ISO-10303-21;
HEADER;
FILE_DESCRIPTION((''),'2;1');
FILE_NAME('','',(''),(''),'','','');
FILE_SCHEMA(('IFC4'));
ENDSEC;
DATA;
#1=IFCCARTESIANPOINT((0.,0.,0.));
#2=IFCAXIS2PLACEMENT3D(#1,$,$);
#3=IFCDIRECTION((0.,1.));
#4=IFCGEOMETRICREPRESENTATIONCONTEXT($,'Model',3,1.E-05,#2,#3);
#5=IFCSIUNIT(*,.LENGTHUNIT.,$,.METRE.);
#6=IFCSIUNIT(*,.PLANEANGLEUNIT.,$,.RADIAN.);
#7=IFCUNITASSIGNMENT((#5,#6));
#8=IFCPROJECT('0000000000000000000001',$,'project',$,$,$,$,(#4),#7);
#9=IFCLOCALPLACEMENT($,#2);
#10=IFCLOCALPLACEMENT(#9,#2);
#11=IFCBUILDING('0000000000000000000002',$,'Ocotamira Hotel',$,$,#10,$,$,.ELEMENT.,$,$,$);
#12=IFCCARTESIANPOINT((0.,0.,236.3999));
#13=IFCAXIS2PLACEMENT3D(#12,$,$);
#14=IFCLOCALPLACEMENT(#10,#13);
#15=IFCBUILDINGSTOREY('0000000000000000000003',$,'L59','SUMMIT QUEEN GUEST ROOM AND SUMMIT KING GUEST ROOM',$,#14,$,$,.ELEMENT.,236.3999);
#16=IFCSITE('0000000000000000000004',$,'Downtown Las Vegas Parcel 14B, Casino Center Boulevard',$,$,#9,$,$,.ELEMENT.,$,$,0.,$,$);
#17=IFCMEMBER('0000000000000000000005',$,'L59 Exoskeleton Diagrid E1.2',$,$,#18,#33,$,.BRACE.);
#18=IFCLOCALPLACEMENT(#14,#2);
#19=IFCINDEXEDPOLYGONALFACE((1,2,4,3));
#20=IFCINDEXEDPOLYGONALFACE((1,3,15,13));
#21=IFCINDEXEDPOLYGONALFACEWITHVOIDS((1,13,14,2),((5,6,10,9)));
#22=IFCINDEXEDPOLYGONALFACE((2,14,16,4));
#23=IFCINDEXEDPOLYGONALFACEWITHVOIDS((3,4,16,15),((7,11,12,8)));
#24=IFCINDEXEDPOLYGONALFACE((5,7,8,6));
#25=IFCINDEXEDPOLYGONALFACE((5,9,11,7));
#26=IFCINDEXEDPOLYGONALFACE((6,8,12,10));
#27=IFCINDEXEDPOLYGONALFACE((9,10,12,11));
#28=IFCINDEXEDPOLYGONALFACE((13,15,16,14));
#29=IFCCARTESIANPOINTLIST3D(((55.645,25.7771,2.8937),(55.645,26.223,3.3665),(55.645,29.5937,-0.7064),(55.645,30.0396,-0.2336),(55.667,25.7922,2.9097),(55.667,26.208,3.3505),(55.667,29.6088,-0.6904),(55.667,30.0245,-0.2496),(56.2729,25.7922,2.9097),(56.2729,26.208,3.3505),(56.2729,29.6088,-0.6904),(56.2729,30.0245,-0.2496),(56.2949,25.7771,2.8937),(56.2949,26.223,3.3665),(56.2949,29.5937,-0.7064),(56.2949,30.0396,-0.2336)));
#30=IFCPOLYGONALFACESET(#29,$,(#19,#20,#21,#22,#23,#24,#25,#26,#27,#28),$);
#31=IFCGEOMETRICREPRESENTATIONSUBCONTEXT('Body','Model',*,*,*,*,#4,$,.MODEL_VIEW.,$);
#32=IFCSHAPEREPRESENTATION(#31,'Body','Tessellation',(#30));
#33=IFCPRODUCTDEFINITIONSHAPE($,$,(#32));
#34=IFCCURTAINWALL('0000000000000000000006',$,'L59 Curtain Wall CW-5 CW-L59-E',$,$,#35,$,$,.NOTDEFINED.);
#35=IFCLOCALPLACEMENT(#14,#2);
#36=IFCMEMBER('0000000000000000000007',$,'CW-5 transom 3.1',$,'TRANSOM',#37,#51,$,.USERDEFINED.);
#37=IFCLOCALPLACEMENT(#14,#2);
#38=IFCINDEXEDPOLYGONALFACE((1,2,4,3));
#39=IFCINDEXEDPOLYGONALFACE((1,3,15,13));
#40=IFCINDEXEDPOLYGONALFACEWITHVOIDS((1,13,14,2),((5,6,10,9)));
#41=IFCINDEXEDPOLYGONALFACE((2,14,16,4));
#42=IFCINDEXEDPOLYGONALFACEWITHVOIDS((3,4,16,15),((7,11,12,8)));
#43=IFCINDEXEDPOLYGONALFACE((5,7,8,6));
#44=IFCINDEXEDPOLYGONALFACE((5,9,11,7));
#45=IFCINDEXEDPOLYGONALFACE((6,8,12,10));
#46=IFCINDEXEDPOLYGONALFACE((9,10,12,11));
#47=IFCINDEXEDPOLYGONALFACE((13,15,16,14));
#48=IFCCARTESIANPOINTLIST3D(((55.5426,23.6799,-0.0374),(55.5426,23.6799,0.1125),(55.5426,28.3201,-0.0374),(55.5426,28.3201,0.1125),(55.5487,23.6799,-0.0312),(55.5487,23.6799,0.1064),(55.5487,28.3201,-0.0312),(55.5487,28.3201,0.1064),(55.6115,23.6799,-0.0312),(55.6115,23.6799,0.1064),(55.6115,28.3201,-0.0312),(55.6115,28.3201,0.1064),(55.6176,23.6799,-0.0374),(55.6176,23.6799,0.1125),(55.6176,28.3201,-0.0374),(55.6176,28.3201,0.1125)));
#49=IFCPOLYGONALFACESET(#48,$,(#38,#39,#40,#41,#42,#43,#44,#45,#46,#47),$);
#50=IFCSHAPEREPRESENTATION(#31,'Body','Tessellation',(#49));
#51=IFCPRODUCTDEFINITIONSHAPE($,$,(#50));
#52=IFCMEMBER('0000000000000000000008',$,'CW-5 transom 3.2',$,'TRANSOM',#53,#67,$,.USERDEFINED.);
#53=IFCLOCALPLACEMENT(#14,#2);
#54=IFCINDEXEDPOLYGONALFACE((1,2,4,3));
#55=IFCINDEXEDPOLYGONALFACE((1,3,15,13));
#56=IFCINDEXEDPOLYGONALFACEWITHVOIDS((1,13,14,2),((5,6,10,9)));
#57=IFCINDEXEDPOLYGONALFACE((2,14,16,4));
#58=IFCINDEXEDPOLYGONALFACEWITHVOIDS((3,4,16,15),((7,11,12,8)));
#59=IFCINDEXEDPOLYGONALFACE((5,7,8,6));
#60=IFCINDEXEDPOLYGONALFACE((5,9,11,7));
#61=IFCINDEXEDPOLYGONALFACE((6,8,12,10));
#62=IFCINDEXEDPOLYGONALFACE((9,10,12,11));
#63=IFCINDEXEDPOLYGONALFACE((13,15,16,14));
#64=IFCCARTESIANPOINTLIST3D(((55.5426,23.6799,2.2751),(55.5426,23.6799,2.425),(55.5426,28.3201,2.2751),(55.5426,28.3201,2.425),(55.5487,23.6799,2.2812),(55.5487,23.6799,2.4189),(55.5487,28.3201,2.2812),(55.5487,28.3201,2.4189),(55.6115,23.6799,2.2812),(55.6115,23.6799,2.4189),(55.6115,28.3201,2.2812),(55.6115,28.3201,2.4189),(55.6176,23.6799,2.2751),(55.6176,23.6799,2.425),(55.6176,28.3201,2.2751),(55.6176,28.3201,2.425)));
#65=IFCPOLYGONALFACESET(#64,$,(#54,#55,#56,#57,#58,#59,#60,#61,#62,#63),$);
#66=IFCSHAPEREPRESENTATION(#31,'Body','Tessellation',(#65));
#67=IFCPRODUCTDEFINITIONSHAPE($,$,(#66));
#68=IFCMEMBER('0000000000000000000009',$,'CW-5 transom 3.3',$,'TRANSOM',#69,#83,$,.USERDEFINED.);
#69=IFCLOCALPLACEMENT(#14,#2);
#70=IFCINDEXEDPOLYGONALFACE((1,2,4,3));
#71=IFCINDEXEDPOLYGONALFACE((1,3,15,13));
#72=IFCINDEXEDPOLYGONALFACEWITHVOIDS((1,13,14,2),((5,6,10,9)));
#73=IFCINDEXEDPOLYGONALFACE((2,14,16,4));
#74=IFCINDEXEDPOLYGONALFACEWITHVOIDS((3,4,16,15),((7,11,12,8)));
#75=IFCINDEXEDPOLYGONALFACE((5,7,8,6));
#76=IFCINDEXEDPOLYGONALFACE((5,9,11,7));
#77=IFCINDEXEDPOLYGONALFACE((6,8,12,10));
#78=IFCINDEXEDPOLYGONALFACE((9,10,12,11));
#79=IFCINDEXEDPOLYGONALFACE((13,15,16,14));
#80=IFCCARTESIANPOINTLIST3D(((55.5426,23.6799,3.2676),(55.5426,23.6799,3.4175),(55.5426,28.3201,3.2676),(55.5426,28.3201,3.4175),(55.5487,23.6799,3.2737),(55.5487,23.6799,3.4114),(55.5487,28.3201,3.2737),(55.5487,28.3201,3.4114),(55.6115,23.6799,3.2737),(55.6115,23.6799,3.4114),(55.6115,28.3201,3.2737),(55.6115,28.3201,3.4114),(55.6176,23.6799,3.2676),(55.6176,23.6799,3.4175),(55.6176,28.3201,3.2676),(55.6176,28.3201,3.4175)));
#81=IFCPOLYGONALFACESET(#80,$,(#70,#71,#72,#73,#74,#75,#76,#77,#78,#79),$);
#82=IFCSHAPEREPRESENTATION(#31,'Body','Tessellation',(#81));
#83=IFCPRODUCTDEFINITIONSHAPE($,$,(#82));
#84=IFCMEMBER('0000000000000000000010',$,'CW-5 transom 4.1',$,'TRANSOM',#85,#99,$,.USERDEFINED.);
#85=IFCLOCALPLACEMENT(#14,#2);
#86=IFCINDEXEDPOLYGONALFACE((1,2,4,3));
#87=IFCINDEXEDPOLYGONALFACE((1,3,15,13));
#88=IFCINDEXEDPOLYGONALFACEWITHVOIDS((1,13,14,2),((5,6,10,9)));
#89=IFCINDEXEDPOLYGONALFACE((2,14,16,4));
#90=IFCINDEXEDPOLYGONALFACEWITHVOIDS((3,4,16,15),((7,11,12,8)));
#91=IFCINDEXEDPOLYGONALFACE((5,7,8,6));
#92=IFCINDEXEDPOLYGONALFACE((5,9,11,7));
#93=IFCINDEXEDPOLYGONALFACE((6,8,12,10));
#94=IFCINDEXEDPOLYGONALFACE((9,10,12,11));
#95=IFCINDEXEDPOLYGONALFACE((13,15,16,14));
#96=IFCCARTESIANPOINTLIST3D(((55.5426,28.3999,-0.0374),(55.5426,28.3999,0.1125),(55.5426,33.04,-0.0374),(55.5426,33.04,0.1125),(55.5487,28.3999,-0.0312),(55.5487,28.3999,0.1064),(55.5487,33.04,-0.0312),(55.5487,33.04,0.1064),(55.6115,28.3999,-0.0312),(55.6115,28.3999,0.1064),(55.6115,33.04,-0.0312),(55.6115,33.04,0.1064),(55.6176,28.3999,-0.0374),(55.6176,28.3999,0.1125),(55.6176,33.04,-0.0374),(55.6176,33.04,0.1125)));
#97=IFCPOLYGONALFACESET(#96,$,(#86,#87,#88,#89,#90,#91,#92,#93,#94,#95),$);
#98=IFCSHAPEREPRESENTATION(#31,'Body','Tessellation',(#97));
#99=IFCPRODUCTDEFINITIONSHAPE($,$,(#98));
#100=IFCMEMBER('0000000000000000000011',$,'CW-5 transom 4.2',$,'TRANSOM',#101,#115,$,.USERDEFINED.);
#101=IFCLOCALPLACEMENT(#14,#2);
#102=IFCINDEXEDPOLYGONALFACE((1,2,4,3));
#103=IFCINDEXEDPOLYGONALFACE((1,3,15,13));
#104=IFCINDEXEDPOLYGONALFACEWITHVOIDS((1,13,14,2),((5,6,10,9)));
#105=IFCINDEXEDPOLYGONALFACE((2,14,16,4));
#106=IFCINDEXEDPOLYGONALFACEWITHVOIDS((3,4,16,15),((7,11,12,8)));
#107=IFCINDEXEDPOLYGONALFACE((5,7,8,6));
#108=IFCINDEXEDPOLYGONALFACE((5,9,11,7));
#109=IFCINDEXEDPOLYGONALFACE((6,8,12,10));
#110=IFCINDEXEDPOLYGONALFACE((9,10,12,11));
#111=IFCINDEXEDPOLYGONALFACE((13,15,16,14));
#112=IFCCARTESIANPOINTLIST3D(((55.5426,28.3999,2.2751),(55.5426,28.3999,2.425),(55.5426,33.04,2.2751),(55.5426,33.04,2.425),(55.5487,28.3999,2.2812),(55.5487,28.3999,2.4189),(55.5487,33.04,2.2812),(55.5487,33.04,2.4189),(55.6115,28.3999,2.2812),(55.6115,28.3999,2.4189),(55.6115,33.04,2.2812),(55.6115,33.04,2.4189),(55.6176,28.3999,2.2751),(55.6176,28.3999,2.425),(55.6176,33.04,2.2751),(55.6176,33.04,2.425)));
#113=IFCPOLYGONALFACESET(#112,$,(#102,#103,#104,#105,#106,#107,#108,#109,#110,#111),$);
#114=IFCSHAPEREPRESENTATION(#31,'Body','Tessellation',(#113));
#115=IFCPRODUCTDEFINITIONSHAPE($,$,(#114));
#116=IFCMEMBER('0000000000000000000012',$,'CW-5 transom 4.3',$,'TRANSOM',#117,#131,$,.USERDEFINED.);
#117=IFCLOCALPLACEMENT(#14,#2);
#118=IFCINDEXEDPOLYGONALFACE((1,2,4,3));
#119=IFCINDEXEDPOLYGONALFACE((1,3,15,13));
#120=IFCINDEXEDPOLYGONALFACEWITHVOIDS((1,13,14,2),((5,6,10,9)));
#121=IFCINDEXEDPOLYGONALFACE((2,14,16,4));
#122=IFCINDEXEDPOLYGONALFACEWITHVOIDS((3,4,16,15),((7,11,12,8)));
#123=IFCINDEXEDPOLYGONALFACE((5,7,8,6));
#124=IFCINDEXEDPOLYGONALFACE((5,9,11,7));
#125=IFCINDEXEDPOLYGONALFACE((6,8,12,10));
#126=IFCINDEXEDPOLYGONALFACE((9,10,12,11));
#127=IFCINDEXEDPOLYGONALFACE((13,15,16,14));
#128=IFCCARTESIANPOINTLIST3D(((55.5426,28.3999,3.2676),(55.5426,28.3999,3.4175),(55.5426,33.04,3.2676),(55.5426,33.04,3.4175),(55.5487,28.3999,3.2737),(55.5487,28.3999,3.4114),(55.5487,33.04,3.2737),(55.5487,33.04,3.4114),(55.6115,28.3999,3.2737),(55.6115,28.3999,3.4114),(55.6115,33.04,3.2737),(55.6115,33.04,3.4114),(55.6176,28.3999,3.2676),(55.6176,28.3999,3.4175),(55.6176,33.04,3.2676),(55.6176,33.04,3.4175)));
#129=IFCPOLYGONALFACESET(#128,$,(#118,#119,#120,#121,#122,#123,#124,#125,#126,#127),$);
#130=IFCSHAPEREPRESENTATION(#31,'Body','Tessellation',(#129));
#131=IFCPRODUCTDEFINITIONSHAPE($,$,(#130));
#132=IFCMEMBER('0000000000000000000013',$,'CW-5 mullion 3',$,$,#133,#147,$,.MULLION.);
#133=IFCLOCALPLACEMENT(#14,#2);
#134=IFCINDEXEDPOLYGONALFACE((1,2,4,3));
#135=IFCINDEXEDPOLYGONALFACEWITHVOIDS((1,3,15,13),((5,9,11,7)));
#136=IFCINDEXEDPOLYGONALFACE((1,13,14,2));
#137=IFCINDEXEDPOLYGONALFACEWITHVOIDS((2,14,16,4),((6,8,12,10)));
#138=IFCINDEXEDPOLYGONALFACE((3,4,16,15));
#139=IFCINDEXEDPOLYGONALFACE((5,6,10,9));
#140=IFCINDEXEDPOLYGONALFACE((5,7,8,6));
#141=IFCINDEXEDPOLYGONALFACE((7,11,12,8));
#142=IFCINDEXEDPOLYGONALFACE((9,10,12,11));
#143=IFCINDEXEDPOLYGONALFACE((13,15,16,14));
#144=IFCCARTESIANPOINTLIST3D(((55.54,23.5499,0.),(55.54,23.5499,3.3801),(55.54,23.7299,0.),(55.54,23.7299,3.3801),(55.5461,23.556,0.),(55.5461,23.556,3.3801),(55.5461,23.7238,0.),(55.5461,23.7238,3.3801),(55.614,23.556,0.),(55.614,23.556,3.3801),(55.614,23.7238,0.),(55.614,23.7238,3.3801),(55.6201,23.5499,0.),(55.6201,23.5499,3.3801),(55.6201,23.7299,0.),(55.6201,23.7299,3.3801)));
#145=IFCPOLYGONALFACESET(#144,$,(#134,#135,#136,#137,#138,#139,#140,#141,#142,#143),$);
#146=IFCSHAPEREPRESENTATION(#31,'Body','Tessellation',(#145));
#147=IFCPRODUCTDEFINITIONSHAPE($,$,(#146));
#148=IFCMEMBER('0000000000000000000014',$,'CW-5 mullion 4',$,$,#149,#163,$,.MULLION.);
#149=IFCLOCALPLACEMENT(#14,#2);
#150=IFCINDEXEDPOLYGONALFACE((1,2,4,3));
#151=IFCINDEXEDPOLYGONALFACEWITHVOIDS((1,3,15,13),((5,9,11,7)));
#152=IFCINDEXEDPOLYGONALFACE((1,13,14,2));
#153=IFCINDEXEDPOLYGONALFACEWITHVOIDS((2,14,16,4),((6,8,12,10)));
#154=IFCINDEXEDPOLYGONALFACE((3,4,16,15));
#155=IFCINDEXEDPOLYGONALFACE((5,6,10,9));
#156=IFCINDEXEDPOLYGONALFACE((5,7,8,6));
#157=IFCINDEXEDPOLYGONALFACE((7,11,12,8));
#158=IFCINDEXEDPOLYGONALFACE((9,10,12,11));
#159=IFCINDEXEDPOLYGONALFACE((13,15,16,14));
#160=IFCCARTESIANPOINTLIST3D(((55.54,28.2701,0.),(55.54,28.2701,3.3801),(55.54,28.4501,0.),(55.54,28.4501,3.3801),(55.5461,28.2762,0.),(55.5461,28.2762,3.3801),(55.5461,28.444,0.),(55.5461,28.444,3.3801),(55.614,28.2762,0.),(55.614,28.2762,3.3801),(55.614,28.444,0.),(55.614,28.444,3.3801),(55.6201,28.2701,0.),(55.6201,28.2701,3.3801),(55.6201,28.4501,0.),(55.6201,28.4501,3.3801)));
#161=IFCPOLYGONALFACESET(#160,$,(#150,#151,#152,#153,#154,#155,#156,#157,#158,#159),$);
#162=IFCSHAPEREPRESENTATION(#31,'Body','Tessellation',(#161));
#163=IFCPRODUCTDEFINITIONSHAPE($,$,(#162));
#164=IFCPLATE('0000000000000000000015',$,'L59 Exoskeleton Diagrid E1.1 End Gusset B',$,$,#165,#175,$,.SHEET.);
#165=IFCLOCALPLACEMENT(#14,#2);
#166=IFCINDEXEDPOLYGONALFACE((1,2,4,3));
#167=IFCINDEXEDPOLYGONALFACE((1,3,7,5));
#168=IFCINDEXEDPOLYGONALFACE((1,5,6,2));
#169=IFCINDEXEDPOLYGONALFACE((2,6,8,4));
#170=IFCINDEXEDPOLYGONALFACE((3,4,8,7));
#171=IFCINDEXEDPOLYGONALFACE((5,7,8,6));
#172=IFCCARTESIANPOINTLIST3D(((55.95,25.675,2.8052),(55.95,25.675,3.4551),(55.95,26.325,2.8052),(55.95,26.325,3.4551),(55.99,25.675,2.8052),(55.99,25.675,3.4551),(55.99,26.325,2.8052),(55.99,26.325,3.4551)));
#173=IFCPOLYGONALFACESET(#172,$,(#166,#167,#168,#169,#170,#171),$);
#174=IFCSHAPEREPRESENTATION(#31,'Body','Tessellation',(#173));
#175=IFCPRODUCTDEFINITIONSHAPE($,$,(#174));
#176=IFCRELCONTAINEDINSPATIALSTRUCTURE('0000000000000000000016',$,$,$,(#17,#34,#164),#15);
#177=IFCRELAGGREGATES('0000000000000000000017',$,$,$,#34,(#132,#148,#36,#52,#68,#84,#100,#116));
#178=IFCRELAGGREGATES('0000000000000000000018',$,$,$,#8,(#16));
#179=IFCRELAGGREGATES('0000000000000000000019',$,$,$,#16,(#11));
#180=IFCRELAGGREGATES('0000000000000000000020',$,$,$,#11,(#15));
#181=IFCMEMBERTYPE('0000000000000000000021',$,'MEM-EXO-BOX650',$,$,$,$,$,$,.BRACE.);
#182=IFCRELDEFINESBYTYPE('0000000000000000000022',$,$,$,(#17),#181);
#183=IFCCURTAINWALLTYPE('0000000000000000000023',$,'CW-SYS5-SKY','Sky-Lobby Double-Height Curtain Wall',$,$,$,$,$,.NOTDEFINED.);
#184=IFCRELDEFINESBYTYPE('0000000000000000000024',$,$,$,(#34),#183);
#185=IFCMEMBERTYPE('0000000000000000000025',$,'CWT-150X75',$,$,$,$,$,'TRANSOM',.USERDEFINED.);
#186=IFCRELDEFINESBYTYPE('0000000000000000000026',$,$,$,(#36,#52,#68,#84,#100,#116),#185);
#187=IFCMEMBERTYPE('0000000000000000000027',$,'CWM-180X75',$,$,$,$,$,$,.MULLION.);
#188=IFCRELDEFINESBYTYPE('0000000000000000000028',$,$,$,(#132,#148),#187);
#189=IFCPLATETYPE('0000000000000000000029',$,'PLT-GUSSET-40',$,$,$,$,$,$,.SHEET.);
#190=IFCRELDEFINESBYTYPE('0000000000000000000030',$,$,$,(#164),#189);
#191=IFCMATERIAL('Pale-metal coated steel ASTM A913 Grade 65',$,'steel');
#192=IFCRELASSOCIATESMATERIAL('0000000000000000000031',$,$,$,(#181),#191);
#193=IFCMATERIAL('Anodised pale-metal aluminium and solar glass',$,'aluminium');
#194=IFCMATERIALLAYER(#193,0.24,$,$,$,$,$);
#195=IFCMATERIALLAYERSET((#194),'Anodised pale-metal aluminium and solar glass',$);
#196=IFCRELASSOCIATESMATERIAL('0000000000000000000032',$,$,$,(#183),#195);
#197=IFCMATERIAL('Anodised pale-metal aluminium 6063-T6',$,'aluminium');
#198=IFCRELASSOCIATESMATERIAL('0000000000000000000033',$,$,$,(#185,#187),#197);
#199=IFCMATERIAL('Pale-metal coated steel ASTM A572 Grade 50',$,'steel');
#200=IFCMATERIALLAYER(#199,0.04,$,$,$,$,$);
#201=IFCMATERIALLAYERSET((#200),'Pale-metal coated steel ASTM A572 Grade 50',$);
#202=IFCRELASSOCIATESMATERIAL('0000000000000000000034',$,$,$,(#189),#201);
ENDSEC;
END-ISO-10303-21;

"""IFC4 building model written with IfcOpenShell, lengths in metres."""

from ifc_helpers import new_model, si_unit, direction, frame, origin, origin_2d, place, context, subcontext, project, spatial, rectangle, hollow_rectangle, extrude, source, transform, mapped, material, layer, layer_set, material_profile, profile_set, type_object, element, aggregate, save


model = new_model("IFC4")

# Units and contexts
model_context = context("Model", 3, precision=1e-05, world=origin(), true_north=direction((0.0, 1.0)))
body_context = subcontext(model_context, "Body", "Model", "MODEL_VIEW")
ifc_project = project(units=[si_unit("LENGTHUNIT", "METRE"), si_unit("PLANEANGLEUNIT", "RADIAN")], contexts=[model_context])

# Site, building, storey
site_placement = place(None, origin())
site = spatial("IfcSite", under=ifc_project, at=site_placement, Name="Downtown Las Vegas Parcel 14B, Casino Center Boulevard", CompositionType="ELEMENT", RefElevation=0.0)
building_placement = place(site_placement, origin())
building = spatial("IfcBuilding", under=site, at=building_placement, Name="Ocotamira Hotel", CompositionType="ELEMENT")
storey_placement = place(building_placement, frame((0.0, 0.0, 236.3999)))
storey = spatial("IfcBuildingStorey", under=building, at=storey_placement, Name="L59", Description="SUMMIT QUEEN GUEST ROOM AND SUMMIT KING GUEST ROOM", CompositionType="ELEMENT", Elevation=236.3999)

# Member
ifc_material_1 = material(Name="Pale-metal coated steel ASTM A913 Grade 65", Category="steel")
ifc_material_profile_1 = material_profile(ifc_material_1, hollow_rectangle(XDim=0.6499, YDim=0.6499, WallThickness=0.022, at=origin_2d()), Name="BOX650X650X22")
ifc_profile_set_1 = profile_set([ifc_material_profile_1], Name="Pale-metal coated steel ASTM A913 Grade 65")
member_type_1 = type_object("IfcMemberType", Name="MEM-EXO-BOX650", PredefinedType="BRACE", material=ifc_profile_set_1)
shared_shape_1 = source(origin(), body_context, "Body", "SweptSolid", [
    extrude(hollow_rectangle(XDim=0.6499, YDim=0.6499, WallThickness=0.022, at=origin_2d()), origin(), (0.0, 0.0, 1.0), 5.2466),
])
member_1_placement = place(storey_placement, frame((55.97, 29.8167, -0.47), z_axis=(0.0, -0.727443, 0.686168), x_axis=(1.0, 0.0, 0.0)))
element("IfcMember", 1, at=member_1_placement, inside=storey, type_object=member_type_1, Name="L59 Exoskeleton Diagrid E1.2", PredefinedType="BRACE", context=body_context, shape_type="MappedRepresentation", body=[
    mapped(shared_shape_1, transform((0.0, 0.0, 0.0), scale=1.0)),
])

# Curtain wall, members
ifc_material_2 = material(Name="Anodised pale-metal aluminium and solar glass", Category="aluminium")
ifc_layer_1 = layer(ifc_material_2, 0.24)
ifc_layer_set_1 = layer_set([ifc_layer_1], Name="Anodised pale-metal aluminium and solar glass")
curtain_wall_type = type_object("IfcCurtainWallType", Name="CW-SYS5-SKY", Description="Sky-Lobby Double-Height Curtain Wall", PredefinedType="NOTDEFINED", material=ifc_layer_set_1)
curtain_wall_placement = place(storey_placement, origin())
curtain_wall = element("IfcCurtainWall", 2, at=curtain_wall_placement, inside=storey, type_object=curtain_wall_type, Name="L59 Curtain Wall CW-5 CW-L59-E", PredefinedType="NOTDEFINED")
ifc_material_3 = material(Name="Anodised pale-metal aluminium 6063-T6", Category="aluminium")
ifc_material_profile_2 = material_profile(ifc_material_3, hollow_rectangle(XDim=0.075, YDim=0.1499, WallThickness=0.0061, at=origin_2d()), Name="HSS150X75X6")
ifc_profile_set_2 = profile_set([ifc_material_profile_2], Name="Anodised pale-metal aluminium 6063-T6")
member_type_2 = type_object("IfcMemberType", Name="CWT-150X75", ElementType="TRANSOM", PredefinedType="USERDEFINED", material=ifc_profile_set_2)
shared_shape_2 = source(origin(), body_context, "Body", "SweptSolid", [
    extrude(hollow_rectangle(XDim=0.075, YDim=0.1499, WallThickness=0.0061, at=origin_2d()), origin(), (0.0, 0.0, 1.0), 4.6401),
])
member_2_placement = place(storey_placement, frame((55.5801, 23.6799, 0.0376), z_axis=(0.0, 1.0, 0.0), x_axis=(-1.0, 0.0, 0.0)))
member_2 = element("IfcMember", 3, at=member_2_placement, type_object=member_type_2, Name="CW-5 transom 3.1", ObjectType="TRANSOM", PredefinedType="USERDEFINED", context=body_context, shape_type="MappedRepresentation", body=[
    mapped(shared_shape_2, transform((0.0, 0.0, 0.0), scale=1.0)),
])
member_3_placement = place(storey_placement, frame((55.5801, 23.6799, 2.3501), z_axis=(0.0, 1.0, 0.0), x_axis=(-1.0, 0.0, 0.0)))
member_3 = element("IfcMember", 4, at=member_3_placement, type_object=member_type_2, Name="CW-5 transom 3.2", ObjectType="TRANSOM", PredefinedType="USERDEFINED", context=body_context, shape_type="MappedRepresentation", body=[
    mapped(shared_shape_2, transform((0.0, 0.0, 0.0), scale=1.0)),
])
member_4_placement = place(storey_placement, frame((55.5801, 23.6799, 3.3425), z_axis=(0.0, 1.0, 0.0), x_axis=(-1.0, 0.0, 0.0)))
member_4 = element("IfcMember", 5, at=member_4_placement, type_object=member_type_2, Name="CW-5 transom 3.3", ObjectType="TRANSOM", PredefinedType="USERDEFINED", context=body_context, shape_type="MappedRepresentation", body=[
    mapped(shared_shape_2, transform((0.0, 0.0, 0.0), scale=1.0)),
])
member_5_placement = place(storey_placement, frame((55.5801, 28.3999, 0.0376), z_axis=(0.0, 1.0, 0.0), x_axis=(-1.0, 0.0, 0.0)))
member_5 = element("IfcMember", 6, at=member_5_placement, type_object=member_type_2, Name="CW-5 transom 4.1", ObjectType="TRANSOM", PredefinedType="USERDEFINED", context=body_context, shape_type="MappedRepresentation", body=[
    mapped(shared_shape_2, transform((0.0, 0.0, 0.0), scale=1.0)),
])
member_6_placement = place(storey_placement, frame((55.5801, 28.3999, 2.3501), z_axis=(0.0, 1.0, 0.0), x_axis=(-1.0, 0.0, 0.0)))
member_6 = element("IfcMember", 7, at=member_6_placement, type_object=member_type_2, Name="CW-5 transom 4.2", ObjectType="TRANSOM", PredefinedType="USERDEFINED", context=body_context, shape_type="MappedRepresentation", body=[
    mapped(shared_shape_2, transform((0.0, 0.0, 0.0), scale=1.0)),
])
member_7_placement = place(storey_placement, frame((55.5801, 28.3999, 3.3425), z_axis=(0.0, 1.0, 0.0), x_axis=(-1.0, 0.0, 0.0)))
member_7 = element("IfcMember", 8, at=member_7_placement, type_object=member_type_2, Name="CW-5 transom 4.3", ObjectType="TRANSOM", PredefinedType="USERDEFINED", context=body_context, shape_type="MappedRepresentation", body=[
    mapped(shared_shape_2, transform((0.0, 0.0, 0.0), scale=1.0)),
])
ifc_material_profile_3 = material_profile(ifc_material_3, hollow_rectangle(XDim=0.0801, YDim=0.1799, WallThickness=0.0061, at=origin_2d()), Name="HSS180X80X6")
ifc_profile_set_3 = profile_set([ifc_material_profile_3], Name="Anodised pale-metal aluminium 6063-T6")
member_type_3 = type_object("IfcMemberType", Name="CWM-180X75", PredefinedType="MULLION", material=ifc_profile_set_3)
shared_shape_3 = source(origin(), body_context, "Body", "SweptSolid", [
    extrude(hollow_rectangle(XDim=0.0801, YDim=0.1799, WallThickness=0.0061, at=origin_2d()), origin(), (0.0, 0.0, 1.0), 3.3801),
])
member_8_placement = place(storey_placement, frame((55.5801, 23.6399, 0.0), z_axis=(0.0, 0.0, 1.0), x_axis=(-1.0, 0.0, 0.0)))
member_8 = element("IfcMember", 9, at=member_8_placement, type_object=member_type_3, Name="CW-5 mullion 3", PredefinedType="MULLION", context=body_context, shape_type="MappedRepresentation", body=[
    mapped(shared_shape_3, transform((0.0, 0.0, 0.0), scale=1.0)),
])
member_9_placement = place(storey_placement, frame((55.5801, 28.3601, 0.0), z_axis=(0.0, 0.0, 1.0), x_axis=(-1.0, 0.0, 0.0)))
member_9 = element("IfcMember", 10, at=member_9_placement, type_object=member_type_3, Name="CW-5 mullion 4", PredefinedType="MULLION", context=body_context, shape_type="MappedRepresentation", body=[
    mapped(shared_shape_3, transform((0.0, 0.0, 0.0), scale=1.0)),
])

# Plate
ifc_material_4 = material(Name="Pale-metal coated steel ASTM A572 Grade 50", Category="steel")
ifc_layer_2 = layer(ifc_material_4, 0.04)
ifc_layer_set_2 = layer_set([ifc_layer_2], Name="Pale-metal coated steel ASTM A572 Grade 50")
plate_type_1 = type_object("IfcPlateType", Name="PLT-GUSSET-40", PredefinedType="SHEET", material=ifc_layer_set_2)
shared_shape_4 = source(origin(), body_context, "Body", "SweptSolid", [
    extrude(rectangle(XDim=0.04, YDim=0.6499, at=origin_2d()), origin(), (0.0, 0.0, 1.0), 0.6499),
])
plate_1_placement = place(storey_placement, frame((55.97, 26.0, 2.8052), z_axis=(0.0, 0.0, 1.0), x_axis=(1.0, 0.0, 0.0)))
element("IfcPlate", 11, at=plate_1_placement, inside=storey, type_object=plate_type_1, Name="L59 Exoskeleton Diagrid E1.1 End Gusset B", PredefinedType="SHEET", context=body_context, shape_type="MappedRepresentation", body=[
    mapped(shared_shape_4, transform((0.0, 0.0, 0.0), scale=1.0)),
])
aggregate(curtain_wall, [member_8, member_9, member_2, member_3, member_4, member_5, member_6, member_7])

save(model, "model.ifc")
